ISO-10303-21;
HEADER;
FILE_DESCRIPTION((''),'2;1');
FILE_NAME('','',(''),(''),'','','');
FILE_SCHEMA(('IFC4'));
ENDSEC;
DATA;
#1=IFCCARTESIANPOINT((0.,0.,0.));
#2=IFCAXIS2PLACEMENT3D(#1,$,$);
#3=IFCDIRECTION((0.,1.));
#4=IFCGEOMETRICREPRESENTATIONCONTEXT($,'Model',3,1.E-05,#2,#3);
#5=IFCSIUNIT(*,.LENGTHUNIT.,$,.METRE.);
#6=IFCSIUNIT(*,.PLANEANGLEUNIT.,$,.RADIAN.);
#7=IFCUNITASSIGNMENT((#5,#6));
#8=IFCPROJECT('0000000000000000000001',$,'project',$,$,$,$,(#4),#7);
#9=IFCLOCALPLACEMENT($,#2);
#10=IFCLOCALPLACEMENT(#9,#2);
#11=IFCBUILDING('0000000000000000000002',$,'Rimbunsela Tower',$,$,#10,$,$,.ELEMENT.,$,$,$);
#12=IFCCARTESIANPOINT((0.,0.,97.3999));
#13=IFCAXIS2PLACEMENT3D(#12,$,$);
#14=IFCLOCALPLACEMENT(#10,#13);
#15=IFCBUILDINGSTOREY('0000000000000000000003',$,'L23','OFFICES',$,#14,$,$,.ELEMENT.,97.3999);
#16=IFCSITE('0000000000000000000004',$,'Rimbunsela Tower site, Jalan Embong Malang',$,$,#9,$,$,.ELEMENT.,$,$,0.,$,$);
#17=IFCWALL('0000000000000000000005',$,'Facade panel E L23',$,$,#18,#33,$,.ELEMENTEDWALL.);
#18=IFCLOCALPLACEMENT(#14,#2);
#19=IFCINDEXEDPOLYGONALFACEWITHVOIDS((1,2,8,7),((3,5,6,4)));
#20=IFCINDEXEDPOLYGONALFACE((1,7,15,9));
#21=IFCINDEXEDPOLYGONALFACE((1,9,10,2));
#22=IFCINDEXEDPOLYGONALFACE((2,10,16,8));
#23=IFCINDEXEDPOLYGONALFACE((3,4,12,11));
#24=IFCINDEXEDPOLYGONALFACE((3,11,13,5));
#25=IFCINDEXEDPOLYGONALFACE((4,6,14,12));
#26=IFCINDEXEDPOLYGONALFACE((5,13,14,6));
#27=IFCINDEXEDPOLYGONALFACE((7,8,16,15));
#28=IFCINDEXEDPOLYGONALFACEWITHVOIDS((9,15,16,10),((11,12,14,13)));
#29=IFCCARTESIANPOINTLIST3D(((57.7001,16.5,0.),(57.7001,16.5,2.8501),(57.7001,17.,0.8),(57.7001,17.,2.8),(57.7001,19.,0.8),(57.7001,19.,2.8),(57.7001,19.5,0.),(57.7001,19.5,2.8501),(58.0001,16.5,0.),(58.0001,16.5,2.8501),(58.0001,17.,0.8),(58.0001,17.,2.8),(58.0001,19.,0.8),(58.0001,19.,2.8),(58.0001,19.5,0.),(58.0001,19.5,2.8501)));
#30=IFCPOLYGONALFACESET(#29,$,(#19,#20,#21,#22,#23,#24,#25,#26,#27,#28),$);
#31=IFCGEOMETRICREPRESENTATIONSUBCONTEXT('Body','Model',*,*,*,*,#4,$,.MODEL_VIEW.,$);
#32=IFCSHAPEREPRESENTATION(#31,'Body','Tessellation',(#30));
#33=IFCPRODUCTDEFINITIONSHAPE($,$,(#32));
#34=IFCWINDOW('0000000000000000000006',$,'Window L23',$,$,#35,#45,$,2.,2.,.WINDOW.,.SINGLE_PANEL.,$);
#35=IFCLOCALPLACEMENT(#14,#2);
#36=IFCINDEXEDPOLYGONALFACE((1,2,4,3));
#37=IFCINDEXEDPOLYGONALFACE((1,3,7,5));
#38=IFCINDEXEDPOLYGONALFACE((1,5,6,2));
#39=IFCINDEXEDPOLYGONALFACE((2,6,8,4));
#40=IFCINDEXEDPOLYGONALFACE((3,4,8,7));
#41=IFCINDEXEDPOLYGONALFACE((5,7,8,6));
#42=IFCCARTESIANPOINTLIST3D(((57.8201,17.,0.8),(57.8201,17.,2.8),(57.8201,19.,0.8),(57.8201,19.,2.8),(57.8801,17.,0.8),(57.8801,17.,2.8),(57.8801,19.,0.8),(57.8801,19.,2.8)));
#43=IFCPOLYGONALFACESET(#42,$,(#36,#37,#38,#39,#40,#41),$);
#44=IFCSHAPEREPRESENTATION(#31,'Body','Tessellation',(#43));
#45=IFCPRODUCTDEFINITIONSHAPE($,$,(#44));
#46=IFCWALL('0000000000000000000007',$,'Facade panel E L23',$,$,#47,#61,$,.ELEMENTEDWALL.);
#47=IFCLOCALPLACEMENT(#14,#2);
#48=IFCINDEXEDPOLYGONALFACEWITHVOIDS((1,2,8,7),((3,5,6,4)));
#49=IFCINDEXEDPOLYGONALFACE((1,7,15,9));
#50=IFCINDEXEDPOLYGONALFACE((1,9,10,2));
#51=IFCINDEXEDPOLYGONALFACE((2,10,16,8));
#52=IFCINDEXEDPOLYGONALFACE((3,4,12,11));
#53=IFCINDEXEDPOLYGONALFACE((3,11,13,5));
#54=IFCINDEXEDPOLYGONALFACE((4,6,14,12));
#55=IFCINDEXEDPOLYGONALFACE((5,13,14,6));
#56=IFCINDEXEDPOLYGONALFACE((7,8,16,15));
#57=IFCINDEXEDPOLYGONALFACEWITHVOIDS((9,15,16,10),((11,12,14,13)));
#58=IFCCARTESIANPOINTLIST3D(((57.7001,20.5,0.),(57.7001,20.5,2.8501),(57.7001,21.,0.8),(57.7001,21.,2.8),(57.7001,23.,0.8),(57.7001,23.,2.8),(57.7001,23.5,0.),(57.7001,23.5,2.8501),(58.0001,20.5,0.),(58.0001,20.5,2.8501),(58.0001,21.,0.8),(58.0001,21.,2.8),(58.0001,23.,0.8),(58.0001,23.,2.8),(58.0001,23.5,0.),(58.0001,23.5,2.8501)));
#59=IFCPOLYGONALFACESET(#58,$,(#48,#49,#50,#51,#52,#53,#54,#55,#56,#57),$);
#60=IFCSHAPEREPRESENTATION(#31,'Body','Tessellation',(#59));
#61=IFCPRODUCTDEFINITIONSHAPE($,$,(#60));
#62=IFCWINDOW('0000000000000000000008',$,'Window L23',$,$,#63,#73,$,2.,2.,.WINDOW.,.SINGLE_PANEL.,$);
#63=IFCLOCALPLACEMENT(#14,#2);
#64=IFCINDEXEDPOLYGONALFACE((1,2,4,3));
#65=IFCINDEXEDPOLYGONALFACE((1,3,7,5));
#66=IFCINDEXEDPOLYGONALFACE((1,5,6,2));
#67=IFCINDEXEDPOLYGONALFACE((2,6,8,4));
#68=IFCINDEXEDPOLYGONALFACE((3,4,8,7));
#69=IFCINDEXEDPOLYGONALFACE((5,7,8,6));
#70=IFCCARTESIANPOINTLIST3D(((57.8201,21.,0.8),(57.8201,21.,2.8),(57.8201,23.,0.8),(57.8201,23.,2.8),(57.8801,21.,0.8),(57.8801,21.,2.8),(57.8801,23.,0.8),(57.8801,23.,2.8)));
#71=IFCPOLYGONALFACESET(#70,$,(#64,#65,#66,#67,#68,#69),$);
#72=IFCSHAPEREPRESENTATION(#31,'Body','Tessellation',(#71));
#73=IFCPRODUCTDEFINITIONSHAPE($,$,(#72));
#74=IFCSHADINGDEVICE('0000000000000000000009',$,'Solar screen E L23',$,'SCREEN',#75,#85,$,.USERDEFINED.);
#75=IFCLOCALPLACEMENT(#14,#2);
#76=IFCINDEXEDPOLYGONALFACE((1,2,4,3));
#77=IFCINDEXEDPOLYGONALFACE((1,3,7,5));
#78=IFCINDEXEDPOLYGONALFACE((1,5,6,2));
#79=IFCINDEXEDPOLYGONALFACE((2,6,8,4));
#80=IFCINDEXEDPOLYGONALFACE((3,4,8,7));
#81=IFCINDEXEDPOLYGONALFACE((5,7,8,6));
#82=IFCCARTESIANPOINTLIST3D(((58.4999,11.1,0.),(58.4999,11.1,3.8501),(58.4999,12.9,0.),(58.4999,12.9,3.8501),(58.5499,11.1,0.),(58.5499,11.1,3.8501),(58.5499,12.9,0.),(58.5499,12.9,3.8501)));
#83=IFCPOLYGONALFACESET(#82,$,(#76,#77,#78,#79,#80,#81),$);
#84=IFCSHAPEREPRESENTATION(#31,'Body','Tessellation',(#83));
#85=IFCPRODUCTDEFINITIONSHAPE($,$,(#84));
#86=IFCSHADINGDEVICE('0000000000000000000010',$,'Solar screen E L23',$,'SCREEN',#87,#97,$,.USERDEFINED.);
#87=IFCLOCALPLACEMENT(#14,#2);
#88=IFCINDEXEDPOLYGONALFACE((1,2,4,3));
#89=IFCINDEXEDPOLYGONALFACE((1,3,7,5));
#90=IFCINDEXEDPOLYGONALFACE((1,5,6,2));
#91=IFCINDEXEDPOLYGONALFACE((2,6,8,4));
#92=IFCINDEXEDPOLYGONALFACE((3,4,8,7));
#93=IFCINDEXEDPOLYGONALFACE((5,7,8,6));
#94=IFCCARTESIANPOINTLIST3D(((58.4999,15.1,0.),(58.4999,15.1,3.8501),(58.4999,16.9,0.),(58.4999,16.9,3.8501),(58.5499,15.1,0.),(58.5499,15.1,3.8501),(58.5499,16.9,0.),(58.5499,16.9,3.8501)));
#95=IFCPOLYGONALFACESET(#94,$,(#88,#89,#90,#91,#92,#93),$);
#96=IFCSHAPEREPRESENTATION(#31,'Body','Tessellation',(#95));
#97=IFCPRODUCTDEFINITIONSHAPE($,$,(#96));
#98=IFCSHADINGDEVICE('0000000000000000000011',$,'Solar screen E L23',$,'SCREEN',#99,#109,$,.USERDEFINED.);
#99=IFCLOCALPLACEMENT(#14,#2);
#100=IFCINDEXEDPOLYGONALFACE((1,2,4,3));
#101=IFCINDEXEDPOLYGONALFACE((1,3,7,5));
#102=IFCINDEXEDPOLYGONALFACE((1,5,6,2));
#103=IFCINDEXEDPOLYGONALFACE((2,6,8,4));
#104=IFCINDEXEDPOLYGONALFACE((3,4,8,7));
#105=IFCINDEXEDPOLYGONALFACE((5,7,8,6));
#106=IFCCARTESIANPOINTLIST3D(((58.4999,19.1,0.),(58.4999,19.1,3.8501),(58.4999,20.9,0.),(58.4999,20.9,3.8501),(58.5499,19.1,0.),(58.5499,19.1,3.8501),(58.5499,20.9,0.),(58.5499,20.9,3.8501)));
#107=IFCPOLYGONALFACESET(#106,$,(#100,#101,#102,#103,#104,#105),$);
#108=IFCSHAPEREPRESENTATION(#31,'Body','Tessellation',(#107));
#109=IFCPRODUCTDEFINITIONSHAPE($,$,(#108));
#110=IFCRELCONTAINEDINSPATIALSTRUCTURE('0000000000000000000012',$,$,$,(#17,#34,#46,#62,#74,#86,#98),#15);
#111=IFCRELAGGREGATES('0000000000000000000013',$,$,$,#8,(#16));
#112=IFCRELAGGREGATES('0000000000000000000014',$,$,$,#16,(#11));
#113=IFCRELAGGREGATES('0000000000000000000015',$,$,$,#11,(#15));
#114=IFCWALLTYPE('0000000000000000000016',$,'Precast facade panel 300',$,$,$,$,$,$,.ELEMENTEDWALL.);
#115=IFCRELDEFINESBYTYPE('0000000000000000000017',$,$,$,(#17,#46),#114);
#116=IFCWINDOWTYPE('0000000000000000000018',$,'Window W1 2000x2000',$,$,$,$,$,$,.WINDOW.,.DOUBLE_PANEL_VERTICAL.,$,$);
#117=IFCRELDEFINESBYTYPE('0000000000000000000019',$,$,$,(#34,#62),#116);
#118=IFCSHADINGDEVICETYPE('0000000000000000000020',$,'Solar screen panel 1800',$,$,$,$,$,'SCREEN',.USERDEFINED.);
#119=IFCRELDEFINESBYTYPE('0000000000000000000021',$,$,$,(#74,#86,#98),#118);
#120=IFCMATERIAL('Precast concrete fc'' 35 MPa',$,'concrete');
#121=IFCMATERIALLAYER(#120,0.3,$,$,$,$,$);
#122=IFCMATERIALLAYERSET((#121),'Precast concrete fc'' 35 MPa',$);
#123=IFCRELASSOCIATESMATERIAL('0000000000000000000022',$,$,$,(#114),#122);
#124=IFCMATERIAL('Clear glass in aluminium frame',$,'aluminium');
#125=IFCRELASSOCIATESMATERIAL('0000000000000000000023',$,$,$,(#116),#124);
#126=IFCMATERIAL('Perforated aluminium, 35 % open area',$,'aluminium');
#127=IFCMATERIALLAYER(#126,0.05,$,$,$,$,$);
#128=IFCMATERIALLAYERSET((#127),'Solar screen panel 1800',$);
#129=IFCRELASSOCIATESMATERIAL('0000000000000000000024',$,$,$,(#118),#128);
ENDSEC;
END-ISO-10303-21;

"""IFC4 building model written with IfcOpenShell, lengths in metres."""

from ifc_helpers import new_model, si_unit, direction, frame, frame_2d, origin, origin_2d, place, context, subcontext, project, spatial, rectangle, extrude, material, layer, layer_set, type_object, element, fill, save


model = new_model("IFC4")

# Units and contexts
model_context = context("Model", 3, precision=1e-05, world=origin(), true_north=direction((0.0, 1.0)))
body_context = subcontext(model_context, "Body", "Model", "MODEL_VIEW")
ifc_project = project(units=[si_unit("LENGTHUNIT", "METRE"), si_unit("PLANEANGLEUNIT", "RADIAN")], contexts=[model_context])

# Site, building, storey
site_placement = place(None, origin())
site = spatial("IfcSite", under=ifc_project, at=site_placement, Name="Rimbunsela Tower site, Jalan Embong Malang", CompositionType="ELEMENT", RefElevation=0.0)
building_placement = place(site_placement, origin())
building = spatial("IfcBuilding", under=site, at=building_placement, Name="Rimbunsela Tower", CompositionType="ELEMENT")
storey_placement = place(building_placement, frame((0.0, 0.0, 97.3999)))
storey = spatial("IfcBuildingStorey", under=building, at=storey_placement, Name="L23", Description="OFFICES", CompositionType="ELEMENT", Elevation=97.3999)

# Walls, openings, windows
ifc_material_1 = material(Name="Precast concrete fc' 35 MPa", Category="concrete")
ifc_layer_1 = layer(ifc_material_1, 0.3)
ifc_layer_set_1 = layer_set([ifc_layer_1], Name="Precast concrete fc' 35 MPa")
wall_type = type_object("IfcWallType", Name="Precast facade panel 300", PredefinedType="ELEMENTEDWALL", material=ifc_layer_set_1)
ifc_material_2 = material(Name="Clear glass in aluminium frame", Category="aluminium")
window_type = type_object("IfcWindowType", Name="Window W1 2000x2000", PartitioningType="DOUBLE_PANEL_VERTICAL", PredefinedType="WINDOW", material=ifc_material_2)
wall_1_placement = place(storey_placement, frame((57.8501, 16.5, 0.0), z_axis=(0.0, 0.0, 1.0), x_axis=(0.0, 1.0, 0.0)))
wall_1 = element("IfcWall", 1, at=wall_1_placement, inside=storey, type_object=wall_type, Name="Facade panel E L23", PredefinedType="ELEMENTEDWALL", context=body_context, shape_type="SweptSolid", body=[
    extrude(rectangle(XDim=3.0, YDim=0.3, at=frame_2d((1.5, 0.0))), origin(), (0.0, 0.0, 1.0), 2.8501),
])
opening_1_placement = place(wall_1_placement, frame((0.5, 0.0, 0.8)))
opening_1 = element("IfcOpeningElement", 2, at=opening_1_placement, cuts=wall_1, PredefinedType="OPENING", context=body_context, shape_type="SweptSolid", body=[
    extrude(rectangle(XDim=2.0, YDim=2.0, at=frame_2d((1.0, 1.0))), frame((0.0, 0.1599, 0.0), z_axis=(0.0, -1.0, 0.0), x_axis=(1.0, 0.0, 0.0)), (0.0, 0.0, 1.0), 0.3201),
])
window_1_placement = place(opening_1_placement, origin())
window_1 = element("IfcWindow", 3, at=window_1_placement, inside=storey, type_object=window_type, Name="Window L23", OverallHeight=2.0, OverallWidth=2.0, PartitioningType="SINGLE_PANEL", PredefinedType="WINDOW", context=body_context, shape_type="SweptSolid", body=[
    extrude(rectangle(XDim=2.0, YDim=2.0, at=frame_2d((1.0, 1.0))), frame((0.0, 0.03, 0.0), z_axis=(0.0, -1.0, 0.0), x_axis=(1.0, 0.0, 0.0)), (0.0, 0.0, 1.0), 0.0601),
])
fill(opening_1, window_1)
wall_2_placement = place(storey_placement, frame((57.8501, 20.5, 0.0), z_axis=(0.0, 0.0, 1.0), x_axis=(0.0, 1.0, 0.0)))
wall_2 = element("IfcWall", 4, at=wall_2_placement, inside=storey, type_object=wall_type, Name="Facade panel E L23", PredefinedType="ELEMENTEDWALL", context=body_context, shape_type="SweptSolid", body=[
    extrude(rectangle(XDim=3.0, YDim=0.3, at=frame_2d((1.5, 0.0))), origin(), (0.0, 0.0, 1.0), 2.8501),
])
opening_2_placement = place(wall_2_placement, frame((0.5, 0.0, 0.8)))
opening_2 = element("IfcOpeningElement", 5, at=opening_2_placement, cuts=wall_2, PredefinedType="OPENING", context=body_context, shape_type="SweptSolid", body=[
    extrude(rectangle(XDim=2.0, YDim=2.0, at=frame_2d((1.0, 1.0))), frame((0.0, 0.1599, 0.0), z_axis=(0.0, -1.0, 0.0), x_axis=(1.0, 0.0, 0.0)), (0.0, 0.0, 1.0), 0.3201),
])
window_2_placement = place(opening_2_placement, origin())
window_2 = element("IfcWindow", 6, at=window_2_placement, inside=storey, type_object=window_type, Name="Window L23", OverallHeight=2.0, OverallWidth=2.0, PartitioningType="SINGLE_PANEL", PredefinedType="WINDOW", context=body_context, shape_type="SweptSolid", body=[
    extrude(rectangle(XDim=2.0, YDim=2.0, at=frame_2d((1.0, 1.0))), frame((0.0, 0.03, 0.0), z_axis=(0.0, -1.0, 0.0), x_axis=(1.0, 0.0, 0.0)), (0.0, 0.0, 1.0), 0.0601),
])
fill(opening_2, window_2)

# Shading devices
ifc_material_3 = material(Name="Perforated aluminium, 35 % open area", Category="aluminium")
ifc_layer_2 = layer(ifc_material_3, 0.05)
ifc_layer_set_2 = layer_set([ifc_layer_2], Name="Solar screen panel 1800")
shading_device_type = type_object("IfcShadingDeviceType", Name="Solar screen panel 1800", ElementType="SCREEN", PredefinedType="USERDEFINED", material=ifc_layer_set_2)
for number, where, z_axis, x_axis, name in (
    (7, (58.5249, 12.0, 0.0), (0.0, 0.0, 1.0), (0.0, 1.0, 0.0), "Solar screen E L23"),
    (8, (58.5249, 16.0, 0.0), (0.0, 0.0, 1.0), (0.0, 1.0, 0.0), "Solar screen E L23"),
    (9, (58.5249, 20.0, 0.0), (0.0, 0.0, 1.0), (0.0, 1.0, 0.0), "Solar screen E L23"),
):
    element("IfcShadingDevice", number, at=place(storey_placement, frame(where, z_axis=z_axis, x_axis=x_axis)), inside=storey, type_object=shading_device_type, Name=name, ObjectType="SCREEN", PredefinedType="USERDEFINED", context=body_context, shape_type="SweptSolid", body=[
        extrude(rectangle(XDim=1.8, YDim=0.05, at=origin_2d()), origin(), (0.0, 0.0, 1.0), 3.8501),
    ])

save(model, "model.ifc")
